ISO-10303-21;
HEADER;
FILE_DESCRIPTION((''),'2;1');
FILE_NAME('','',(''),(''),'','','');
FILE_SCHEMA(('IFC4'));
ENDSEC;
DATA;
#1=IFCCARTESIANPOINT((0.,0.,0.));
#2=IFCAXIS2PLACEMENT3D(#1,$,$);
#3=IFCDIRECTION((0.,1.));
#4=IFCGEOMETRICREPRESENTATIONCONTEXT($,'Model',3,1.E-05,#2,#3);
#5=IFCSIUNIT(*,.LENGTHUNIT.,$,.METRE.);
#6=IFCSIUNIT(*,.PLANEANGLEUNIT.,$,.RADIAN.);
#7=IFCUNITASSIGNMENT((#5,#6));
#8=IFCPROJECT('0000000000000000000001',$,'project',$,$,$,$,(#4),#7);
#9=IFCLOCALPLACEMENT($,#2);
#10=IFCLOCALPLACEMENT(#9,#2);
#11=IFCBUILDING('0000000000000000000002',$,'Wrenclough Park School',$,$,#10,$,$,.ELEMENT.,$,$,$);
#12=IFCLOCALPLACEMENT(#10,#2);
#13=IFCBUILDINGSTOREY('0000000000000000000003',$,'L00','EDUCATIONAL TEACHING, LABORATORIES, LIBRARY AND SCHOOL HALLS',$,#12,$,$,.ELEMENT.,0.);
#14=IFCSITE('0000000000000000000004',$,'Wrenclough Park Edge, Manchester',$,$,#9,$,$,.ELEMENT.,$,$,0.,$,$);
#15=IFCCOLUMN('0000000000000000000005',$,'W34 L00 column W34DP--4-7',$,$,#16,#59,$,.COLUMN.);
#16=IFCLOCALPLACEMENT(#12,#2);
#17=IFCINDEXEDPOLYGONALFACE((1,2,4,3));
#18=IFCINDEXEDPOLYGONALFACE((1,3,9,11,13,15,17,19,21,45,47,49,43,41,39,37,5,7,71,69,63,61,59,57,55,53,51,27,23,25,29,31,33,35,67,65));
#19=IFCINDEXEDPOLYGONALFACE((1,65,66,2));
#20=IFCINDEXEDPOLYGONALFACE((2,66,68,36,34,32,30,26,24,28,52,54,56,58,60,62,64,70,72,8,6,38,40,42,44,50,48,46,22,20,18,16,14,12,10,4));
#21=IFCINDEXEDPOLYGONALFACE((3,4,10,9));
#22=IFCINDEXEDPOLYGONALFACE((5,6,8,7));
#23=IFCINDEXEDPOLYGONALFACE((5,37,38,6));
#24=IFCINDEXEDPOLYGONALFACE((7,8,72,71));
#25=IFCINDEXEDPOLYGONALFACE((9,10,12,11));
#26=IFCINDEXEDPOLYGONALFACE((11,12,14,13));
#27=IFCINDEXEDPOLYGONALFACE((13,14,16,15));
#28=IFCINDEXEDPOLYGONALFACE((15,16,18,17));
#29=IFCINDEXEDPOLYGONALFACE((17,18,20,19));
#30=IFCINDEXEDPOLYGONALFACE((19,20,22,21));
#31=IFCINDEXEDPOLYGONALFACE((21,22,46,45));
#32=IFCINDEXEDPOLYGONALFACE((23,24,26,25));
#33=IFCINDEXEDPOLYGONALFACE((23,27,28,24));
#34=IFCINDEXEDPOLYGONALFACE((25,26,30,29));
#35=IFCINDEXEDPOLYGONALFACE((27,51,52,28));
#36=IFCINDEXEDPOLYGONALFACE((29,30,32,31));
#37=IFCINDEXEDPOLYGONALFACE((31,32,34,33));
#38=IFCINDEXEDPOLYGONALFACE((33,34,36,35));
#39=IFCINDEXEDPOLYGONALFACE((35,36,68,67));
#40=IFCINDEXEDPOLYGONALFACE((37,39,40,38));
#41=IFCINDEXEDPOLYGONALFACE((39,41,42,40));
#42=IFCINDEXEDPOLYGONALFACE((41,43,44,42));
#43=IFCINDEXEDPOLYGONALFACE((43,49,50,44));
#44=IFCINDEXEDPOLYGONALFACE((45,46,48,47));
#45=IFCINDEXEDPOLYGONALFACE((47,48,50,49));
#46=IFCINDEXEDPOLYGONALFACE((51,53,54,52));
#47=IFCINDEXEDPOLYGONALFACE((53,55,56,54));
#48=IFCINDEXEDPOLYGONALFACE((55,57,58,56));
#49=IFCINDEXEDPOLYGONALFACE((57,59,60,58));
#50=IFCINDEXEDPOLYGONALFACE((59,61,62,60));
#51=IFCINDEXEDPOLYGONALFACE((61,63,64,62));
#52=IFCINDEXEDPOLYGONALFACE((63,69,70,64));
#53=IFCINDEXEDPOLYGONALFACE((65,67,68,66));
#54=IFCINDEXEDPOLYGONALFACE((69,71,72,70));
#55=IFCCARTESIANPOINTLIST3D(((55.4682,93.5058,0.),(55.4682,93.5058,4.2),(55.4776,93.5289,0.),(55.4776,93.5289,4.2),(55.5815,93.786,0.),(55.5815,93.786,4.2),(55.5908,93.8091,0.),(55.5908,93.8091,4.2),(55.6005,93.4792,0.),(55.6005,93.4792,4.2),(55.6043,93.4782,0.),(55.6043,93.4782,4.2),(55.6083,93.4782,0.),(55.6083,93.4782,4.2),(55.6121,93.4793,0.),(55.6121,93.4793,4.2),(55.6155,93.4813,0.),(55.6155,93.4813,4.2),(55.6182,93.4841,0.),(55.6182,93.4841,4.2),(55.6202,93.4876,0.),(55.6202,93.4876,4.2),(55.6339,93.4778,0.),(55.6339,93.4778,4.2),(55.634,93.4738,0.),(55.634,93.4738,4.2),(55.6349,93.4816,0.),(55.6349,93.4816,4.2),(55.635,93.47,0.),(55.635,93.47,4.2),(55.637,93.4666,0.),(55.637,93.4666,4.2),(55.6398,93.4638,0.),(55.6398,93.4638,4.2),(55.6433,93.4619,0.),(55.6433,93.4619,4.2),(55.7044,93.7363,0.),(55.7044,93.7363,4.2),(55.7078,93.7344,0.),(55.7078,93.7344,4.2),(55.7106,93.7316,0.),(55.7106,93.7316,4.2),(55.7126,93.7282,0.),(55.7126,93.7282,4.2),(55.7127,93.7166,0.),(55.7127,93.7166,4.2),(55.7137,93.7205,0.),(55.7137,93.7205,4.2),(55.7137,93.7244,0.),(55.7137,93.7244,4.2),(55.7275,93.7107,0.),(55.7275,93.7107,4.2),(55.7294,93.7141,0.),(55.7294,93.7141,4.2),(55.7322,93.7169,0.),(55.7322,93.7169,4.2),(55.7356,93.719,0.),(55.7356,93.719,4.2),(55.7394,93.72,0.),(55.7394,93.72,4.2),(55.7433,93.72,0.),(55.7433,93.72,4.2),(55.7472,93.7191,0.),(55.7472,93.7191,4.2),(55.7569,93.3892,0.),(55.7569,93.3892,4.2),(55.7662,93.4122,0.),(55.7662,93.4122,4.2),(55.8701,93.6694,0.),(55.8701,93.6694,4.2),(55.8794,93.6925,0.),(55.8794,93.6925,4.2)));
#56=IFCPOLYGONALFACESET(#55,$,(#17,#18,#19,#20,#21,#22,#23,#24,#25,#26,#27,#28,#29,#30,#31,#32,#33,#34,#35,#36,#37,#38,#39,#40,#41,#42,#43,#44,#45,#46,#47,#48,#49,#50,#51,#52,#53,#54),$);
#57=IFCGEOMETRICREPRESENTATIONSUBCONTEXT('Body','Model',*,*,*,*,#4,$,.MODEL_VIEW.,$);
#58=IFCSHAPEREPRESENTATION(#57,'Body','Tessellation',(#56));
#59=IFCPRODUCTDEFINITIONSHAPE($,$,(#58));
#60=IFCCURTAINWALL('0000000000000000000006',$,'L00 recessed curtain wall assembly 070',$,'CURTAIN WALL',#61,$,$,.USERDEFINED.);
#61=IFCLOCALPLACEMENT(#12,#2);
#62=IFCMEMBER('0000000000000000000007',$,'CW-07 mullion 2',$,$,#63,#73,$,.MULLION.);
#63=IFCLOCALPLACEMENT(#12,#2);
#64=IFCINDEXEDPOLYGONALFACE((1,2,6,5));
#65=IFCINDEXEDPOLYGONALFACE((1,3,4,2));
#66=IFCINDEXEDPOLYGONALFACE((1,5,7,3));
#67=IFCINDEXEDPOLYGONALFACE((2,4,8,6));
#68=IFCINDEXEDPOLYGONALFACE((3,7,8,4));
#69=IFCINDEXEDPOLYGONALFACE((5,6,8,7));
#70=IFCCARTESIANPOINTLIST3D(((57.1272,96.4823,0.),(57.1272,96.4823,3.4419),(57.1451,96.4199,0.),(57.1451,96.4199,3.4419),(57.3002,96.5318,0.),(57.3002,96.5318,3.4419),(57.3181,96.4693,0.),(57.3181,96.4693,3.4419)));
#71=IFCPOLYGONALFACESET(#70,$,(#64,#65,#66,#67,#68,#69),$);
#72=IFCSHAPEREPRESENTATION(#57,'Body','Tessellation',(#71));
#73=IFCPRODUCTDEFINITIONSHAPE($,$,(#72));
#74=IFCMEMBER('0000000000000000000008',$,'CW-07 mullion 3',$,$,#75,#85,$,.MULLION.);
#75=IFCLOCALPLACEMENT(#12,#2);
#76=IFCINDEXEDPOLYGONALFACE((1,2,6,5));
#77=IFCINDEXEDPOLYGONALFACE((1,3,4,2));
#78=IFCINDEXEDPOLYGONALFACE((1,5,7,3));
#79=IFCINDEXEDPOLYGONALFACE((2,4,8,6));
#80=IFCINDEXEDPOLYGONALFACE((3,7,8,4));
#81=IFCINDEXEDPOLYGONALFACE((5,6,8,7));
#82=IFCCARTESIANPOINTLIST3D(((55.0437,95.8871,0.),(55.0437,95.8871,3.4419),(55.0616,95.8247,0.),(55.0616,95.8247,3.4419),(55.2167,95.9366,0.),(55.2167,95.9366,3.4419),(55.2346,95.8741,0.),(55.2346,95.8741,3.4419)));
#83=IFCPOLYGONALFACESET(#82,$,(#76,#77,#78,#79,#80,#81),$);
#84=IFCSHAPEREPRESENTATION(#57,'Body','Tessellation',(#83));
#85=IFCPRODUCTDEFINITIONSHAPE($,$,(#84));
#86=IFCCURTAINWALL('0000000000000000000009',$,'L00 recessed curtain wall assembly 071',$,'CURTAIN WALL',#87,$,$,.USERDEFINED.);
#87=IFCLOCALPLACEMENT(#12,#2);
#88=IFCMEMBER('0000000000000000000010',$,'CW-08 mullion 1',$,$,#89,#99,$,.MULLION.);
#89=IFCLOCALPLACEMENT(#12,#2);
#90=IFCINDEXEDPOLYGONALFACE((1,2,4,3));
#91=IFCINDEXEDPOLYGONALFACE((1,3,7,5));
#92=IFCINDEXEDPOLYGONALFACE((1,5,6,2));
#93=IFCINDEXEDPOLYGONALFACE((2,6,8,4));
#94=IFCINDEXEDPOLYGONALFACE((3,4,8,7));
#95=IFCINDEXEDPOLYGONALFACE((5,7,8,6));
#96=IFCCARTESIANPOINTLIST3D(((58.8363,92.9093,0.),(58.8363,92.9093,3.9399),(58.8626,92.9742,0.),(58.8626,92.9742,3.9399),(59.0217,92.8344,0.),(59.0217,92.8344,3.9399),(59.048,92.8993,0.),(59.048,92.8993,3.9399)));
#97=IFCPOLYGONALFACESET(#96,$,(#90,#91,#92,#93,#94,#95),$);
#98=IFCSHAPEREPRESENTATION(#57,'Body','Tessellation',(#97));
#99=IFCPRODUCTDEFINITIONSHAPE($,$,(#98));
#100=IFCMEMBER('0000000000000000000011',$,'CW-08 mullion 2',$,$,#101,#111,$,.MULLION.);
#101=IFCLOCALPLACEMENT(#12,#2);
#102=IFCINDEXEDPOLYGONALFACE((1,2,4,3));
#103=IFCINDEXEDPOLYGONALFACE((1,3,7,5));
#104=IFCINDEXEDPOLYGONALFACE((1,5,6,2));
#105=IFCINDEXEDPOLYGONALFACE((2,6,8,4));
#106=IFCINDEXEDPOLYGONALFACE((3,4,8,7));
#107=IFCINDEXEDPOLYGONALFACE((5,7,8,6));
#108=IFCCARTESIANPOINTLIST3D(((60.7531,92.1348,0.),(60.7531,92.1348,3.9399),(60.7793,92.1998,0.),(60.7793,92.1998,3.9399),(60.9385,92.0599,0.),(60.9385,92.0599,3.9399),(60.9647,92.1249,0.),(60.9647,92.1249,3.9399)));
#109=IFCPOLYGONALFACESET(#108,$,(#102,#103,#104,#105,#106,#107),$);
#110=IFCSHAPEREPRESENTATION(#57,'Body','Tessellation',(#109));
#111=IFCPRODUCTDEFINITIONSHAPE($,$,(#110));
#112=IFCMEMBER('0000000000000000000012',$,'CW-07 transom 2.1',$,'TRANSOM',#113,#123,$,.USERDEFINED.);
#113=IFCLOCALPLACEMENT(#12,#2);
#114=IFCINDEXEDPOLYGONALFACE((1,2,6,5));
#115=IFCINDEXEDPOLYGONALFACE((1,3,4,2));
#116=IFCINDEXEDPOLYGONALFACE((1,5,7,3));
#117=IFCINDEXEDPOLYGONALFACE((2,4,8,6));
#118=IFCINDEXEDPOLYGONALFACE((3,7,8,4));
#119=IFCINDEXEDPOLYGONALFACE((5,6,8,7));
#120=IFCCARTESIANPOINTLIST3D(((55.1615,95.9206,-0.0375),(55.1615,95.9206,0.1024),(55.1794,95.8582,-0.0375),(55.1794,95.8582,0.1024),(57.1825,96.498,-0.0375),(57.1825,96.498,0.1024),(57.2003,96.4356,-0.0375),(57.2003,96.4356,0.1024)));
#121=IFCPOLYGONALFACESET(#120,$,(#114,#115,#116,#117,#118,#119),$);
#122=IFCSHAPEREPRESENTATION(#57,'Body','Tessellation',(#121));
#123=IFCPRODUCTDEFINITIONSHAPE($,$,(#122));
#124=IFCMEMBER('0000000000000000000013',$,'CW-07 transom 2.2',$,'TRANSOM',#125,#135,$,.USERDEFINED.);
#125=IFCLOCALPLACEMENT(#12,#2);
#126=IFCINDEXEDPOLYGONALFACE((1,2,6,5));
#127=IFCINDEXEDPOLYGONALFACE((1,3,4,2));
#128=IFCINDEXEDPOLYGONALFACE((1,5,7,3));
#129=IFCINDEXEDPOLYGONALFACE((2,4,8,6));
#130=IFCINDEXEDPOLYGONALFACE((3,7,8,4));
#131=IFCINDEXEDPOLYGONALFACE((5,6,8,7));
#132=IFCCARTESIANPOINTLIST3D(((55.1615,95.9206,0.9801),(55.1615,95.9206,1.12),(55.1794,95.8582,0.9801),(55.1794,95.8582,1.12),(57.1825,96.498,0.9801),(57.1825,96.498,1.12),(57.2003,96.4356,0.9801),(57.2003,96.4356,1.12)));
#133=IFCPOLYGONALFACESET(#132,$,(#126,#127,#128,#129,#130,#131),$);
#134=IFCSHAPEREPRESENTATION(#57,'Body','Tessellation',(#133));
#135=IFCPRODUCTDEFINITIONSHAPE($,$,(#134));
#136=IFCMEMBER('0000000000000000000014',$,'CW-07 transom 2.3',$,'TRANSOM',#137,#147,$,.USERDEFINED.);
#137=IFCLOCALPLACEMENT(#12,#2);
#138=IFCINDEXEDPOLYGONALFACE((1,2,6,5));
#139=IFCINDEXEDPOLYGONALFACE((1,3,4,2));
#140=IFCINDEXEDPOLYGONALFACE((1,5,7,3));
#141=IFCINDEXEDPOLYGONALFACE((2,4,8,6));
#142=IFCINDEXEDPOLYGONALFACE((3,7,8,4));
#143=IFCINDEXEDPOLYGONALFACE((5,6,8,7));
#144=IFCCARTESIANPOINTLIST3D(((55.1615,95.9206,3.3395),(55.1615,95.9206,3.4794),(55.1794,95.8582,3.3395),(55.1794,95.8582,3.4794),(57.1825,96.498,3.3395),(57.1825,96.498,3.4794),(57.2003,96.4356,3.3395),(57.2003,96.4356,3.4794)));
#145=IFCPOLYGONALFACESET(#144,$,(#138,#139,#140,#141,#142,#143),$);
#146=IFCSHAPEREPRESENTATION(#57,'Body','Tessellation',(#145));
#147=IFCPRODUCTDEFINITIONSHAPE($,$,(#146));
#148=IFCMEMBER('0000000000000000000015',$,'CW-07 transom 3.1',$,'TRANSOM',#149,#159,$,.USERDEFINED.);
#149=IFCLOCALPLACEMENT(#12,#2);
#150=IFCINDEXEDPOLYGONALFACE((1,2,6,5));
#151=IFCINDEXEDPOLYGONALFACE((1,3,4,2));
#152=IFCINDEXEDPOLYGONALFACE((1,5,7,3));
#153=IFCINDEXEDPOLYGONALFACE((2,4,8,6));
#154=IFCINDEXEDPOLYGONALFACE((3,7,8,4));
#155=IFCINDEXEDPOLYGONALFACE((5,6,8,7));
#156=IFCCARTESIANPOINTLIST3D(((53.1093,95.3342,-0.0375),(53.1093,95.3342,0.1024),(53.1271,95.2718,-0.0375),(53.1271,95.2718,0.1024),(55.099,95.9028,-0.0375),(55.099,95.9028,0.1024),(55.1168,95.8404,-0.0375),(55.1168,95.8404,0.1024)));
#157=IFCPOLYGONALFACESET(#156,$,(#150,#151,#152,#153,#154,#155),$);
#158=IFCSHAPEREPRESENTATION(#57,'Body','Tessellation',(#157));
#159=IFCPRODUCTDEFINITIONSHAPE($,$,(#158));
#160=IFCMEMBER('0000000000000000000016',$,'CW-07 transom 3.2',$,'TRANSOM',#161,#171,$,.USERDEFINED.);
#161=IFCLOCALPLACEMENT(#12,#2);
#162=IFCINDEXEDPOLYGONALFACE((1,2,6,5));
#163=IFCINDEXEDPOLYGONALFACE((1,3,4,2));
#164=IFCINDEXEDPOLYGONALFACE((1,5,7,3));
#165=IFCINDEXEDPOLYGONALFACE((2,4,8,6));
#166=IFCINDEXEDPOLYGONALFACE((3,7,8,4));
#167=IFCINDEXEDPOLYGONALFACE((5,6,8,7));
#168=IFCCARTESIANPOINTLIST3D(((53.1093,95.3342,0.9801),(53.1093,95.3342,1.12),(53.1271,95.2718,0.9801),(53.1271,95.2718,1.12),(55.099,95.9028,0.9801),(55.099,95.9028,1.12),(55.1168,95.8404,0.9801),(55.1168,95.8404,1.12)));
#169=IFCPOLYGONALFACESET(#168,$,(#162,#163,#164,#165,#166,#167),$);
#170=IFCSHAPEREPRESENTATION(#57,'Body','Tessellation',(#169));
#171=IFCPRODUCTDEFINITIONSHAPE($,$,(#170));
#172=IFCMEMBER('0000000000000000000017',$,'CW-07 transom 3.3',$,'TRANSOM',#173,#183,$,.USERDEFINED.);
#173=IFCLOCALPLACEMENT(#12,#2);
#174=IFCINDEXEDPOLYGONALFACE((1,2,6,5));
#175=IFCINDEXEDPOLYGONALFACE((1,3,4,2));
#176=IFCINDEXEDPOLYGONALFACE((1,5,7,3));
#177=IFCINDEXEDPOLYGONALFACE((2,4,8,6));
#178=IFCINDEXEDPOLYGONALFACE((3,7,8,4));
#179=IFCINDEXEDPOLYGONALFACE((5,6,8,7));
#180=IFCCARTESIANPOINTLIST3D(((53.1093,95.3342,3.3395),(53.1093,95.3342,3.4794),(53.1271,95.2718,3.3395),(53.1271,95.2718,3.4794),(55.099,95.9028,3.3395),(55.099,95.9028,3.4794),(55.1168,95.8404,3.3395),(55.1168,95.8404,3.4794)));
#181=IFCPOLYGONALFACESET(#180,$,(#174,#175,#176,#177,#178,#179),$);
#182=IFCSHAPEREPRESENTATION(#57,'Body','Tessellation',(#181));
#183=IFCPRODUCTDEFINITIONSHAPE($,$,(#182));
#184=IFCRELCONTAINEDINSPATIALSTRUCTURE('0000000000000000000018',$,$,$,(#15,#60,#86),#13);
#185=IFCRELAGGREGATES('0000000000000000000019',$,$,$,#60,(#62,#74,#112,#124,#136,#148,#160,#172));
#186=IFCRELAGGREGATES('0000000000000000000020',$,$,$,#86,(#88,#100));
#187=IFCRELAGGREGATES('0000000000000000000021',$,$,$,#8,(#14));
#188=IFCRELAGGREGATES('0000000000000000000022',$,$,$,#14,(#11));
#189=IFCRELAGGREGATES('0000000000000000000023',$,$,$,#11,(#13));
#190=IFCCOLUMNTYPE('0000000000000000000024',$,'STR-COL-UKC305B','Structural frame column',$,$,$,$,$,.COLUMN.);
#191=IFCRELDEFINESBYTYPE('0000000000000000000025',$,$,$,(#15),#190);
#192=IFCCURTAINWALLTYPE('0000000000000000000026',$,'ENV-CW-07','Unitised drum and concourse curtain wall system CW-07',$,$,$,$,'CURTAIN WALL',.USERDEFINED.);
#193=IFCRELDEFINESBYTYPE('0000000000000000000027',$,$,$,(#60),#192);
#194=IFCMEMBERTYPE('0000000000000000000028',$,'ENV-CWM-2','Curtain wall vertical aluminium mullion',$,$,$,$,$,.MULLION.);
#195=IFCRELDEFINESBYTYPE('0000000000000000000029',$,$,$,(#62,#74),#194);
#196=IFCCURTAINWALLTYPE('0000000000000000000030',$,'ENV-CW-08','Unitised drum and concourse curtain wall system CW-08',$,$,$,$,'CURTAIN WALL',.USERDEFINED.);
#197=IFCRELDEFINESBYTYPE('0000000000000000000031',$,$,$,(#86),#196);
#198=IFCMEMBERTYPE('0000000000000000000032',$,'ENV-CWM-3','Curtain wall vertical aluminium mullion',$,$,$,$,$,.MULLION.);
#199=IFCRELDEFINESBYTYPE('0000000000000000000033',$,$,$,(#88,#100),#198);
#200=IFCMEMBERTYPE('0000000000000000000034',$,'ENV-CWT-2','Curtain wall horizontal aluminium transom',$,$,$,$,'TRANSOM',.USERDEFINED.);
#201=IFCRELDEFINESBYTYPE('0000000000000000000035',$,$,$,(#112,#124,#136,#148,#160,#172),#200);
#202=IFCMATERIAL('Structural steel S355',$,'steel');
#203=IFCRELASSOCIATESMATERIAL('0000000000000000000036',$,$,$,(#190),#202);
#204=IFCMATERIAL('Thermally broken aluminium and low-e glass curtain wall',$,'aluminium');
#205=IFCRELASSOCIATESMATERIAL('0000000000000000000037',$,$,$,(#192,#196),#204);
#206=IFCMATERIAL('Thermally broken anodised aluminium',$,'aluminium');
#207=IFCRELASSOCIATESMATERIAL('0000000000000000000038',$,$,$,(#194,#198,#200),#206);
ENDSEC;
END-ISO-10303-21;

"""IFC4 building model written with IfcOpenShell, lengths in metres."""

from ifc_helpers import new_model, si_unit, direction, frame, origin, origin_2d, place, context, subcontext, project, spatial, rectangle, i_section, extrude, material, material_profile, profile_set, type_object, element, aggregate, save


model = new_model("IFC4")

# Units and contexts
model_context = context("Model", 3, precision=1e-05, world=origin(), true_north=direction((0.0, 1.0)))
body_context = subcontext(model_context, "Body", "Model", "MODEL_VIEW")
ifc_project = project(units=[si_unit("LENGTHUNIT", "METRE"), si_unit("PLANEANGLEUNIT", "RADIAN")], contexts=[model_context])

# Site, building, storey
site_placement = place(None, origin())
site = spatial("IfcSite", under=ifc_project, at=site_placement, Name="Wrenclough Park Edge, Manchester", CompositionType="ELEMENT", RefElevation=0.0)
building_placement = place(site_placement, origin())
building = spatial("IfcBuilding", under=site, at=building_placement, Name="Wrenclough Park School", CompositionType="ELEMENT")
storey_placement = place(building_placement, origin())
storey = spatial("IfcBuildingStorey", under=building, at=storey_placement, Name="L00", Description="EDUCATIONAL TEACHING, LABORATORIES, LIBRARY AND SCHOOL HALLS", CompositionType="ELEMENT", Elevation=0.0)

# Column
ifc_material_1 = material(Name="Structural steel S355", Category="steel")
ifc_material_profile_1 = material_profile(ifc_material_1, i_section(OverallWidth=0.3113, OverallDepth=0.3271, WebThickness=0.0159, FlangeThickness=0.0249, FilletRadius=0.0151, at=origin_2d()), Name="UKC 305x305x158")
ifc_profile_set_1 = profile_set([ifc_material_profile_1], Name="Structural steel S355")
column_type_1 = type_object("IfcColumnType", Name="STR-COL-UKC305B", Description="Structural frame column", PredefinedType="COLUMN", material=ifc_profile_set_1)
column_1_placement = place(storey_placement, frame((55.6738, 93.5991, 0.0), z_axis=(0.0, 0.0, 1.0), x_axis=(0.927184, -0.374607, 0.0)))
element("IfcColumn", 1, at=column_1_placement, inside=storey, type_object=column_type_1, Name="W34 L00 column W34DP--4-7", PredefinedType="COLUMN", context=body_context, shape_type="SweptSolid", body=[
    extrude(i_section(OverallWidth=0.3113, OverallDepth=0.3271, WebThickness=0.0159, FlangeThickness=0.0249, FilletRadius=0.0151, at=origin_2d()), origin(), (0.0, 0.0, 1.0), 4.2),
])

# Curtain walls, members
ifc_material_2 = material(Name="Thermally broken aluminium and low-e glass curtain wall", Category="aluminium")
curtain_wall_type_1 = type_object("IfcCurtainWallType", Name="ENV-CW-07", Description="Unitised drum and concourse curtain wall system CW-07", ElementType="CURTAIN WALL", PredefinedType="USERDEFINED", material=ifc_material_2)
curtain_wall_1_placement = place(storey_placement, origin())
curtain_wall_1 = element("IfcCurtainWall", 2, at=curtain_wall_1_placement, inside=storey, type_object=curtain_wall_type_1, Name="L00 recessed curtain wall assembly 070", ObjectType="CURTAIN WALL", PredefinedType="USERDEFINED")
ifc_material_3 = material(Name="Thermally broken anodised aluminium", Category="aluminium")
ifc_material_profile_2 = material_profile(ifc_material_3, rectangle(XDim=0.0649, YDim=0.1799, at=origin_2d()), Name="AL MULLION 65x180")
ifc_profile_set_2 = profile_set([ifc_material_profile_2], Name="Thermally broken anodised aluminium")
member_type_1 = type_object("IfcMemberType", Name="ENV-CWM-2", Description="Curtain wall vertical aluminium mullion", PredefinedType="MULLION", material=ifc_profile_set_2)
member_1_placement = place(storey_placement, frame((57.2227, 96.4758, 0.0), z_axis=(0.0, 0.0, 1.0), x_axis=(0.274723, -0.961523, 0.0)))
member_1 = element("IfcMember", 3, at=member_1_placement, type_object=member_type_1, Name="CW-07 mullion 2", PredefinedType="MULLION", context=body_context, shape_type="SweptSolid", body=[
    extrude(rectangle(XDim=0.0649, YDim=0.1799, at=origin_2d()), origin(), (0.0, 0.0, 1.0), 3.4419),
])
member_2_placement = place(storey_placement, frame((55.1392, 95.8806, 0.0), z_axis=(0.0, 0.0, 1.0), x_axis=(0.274723, -0.961523, 0.0)))
member_2 = element("IfcMember", 4, at=member_2_placement, type_object=member_type_1, Name="CW-07 mullion 3", PredefinedType="MULLION", context=body_context, shape_type="SweptSolid", body=[
    extrude(rectangle(XDim=0.0649, YDim=0.1799, at=origin_2d()), origin(), (0.0, 0.0, 1.0), 3.4419),
])
curtain_wall_type_2 = type_object("IfcCurtainWallType", Name="ENV-CW-08", Description="Unitised drum and concourse curtain wall system CW-08", ElementType="CURTAIN WALL", PredefinedType="USERDEFINED", material=ifc_material_2)
curtain_wall_2_placement = place(storey_placement, origin())
curtain_wall_2 = element("IfcCurtainWall", 5, at=curtain_wall_2_placement, inside=storey, type_object=curtain_wall_type_2, Name="L00 recessed curtain wall assembly 071", ObjectType="CURTAIN WALL", PredefinedType="USERDEFINED")
ifc_material_profile_3 = material_profile(ifc_material_3, rectangle(XDim=0.0701, YDim=0.2, at=origin_2d()), Name="AL MULLION 70x200")
ifc_profile_set_3 = profile_set([ifc_material_profile_3], Name="Thermally broken anodised aluminium")
member_type_2 = type_object("IfcMemberType", Name="ENV-CWM-3", Description="Curtain wall vertical aluminium mullion", PredefinedType="MULLION", material=ifc_profile_set_3)
member_3_placement = place(storey_placement, frame((58.9421, 92.9043, 0.0), z_axis=(0.0, 0.0, 1.0), x_axis=(0.374593, 0.927189, 0.0)))
member_3 = element("IfcMember", 6, at=member_3_placement, type_object=member_type_2, Name="CW-08 mullion 1", PredefinedType="MULLION", context=body_context, shape_type="SweptSolid", body=[
    extrude(rectangle(XDim=0.0701, YDim=0.2, at=origin_2d()), origin(), (0.0, 0.0, 1.0), 3.9399),
])
member_4_placement = place(storey_placement, frame((60.8589, 92.1299, 0.0), z_axis=(0.0, 0.0, 1.0), x_axis=(0.374593, 0.927189, 0.0)))
member_4 = element("IfcMember", 7, at=member_4_placement, type_object=member_type_2, Name="CW-08 mullion 2", PredefinedType="MULLION", context=body_context, shape_type="SweptSolid", body=[
    extrude(rectangle(XDim=0.0701, YDim=0.2, at=origin_2d()), origin(), (0.0, 0.0, 1.0), 3.9399),
])

# Members
ifc_material_profile_4 = material_profile(ifc_material_3, rectangle(XDim=0.0649, YDim=0.1399, at=origin_2d()), Name="AL TRANSOM 65x140")
ifc_profile_set_4 = profile_set([ifc_material_profile_4], Name="Thermally broken anodised aluminium")
member_type_3 = type_object("IfcMemberType", Name="ENV-CWT-2", Description="Curtain wall horizontal aluminium transom", ElementType="TRANSOM", PredefinedType="USERDEFINED", material=ifc_profile_set_4)
member_5_placement = place(storey_placement, frame((57.1914, 96.4668, 0.0325), z_axis=(-0.961528, -0.274706, 0.0), x_axis=(0.274706, -0.961528, 0.0)))
member_5 = element("IfcMember", 8, at=member_5_placement, type_object=member_type_3, Name="CW-07 transom 2.1", ObjectType="TRANSOM", PredefinedType="USERDEFINED", context=body_context, shape_type="SweptSolid", body=[
    extrude(rectangle(XDim=0.0649, YDim=0.1399, at=origin_2d()), origin(), (0.0, 0.0, 1.0), 2.1018),
])
member_6_placement = place(storey_placement, frame((57.1914, 96.4668, 1.05), z_axis=(-0.961528, -0.274706, 0.0), x_axis=(0.274706, -0.961528, 0.0)))
member_6 = element("IfcMember", 9, at=member_6_placement, type_object=member_type_3, Name="CW-07 transom 2.2", ObjectType="TRANSOM", PredefinedType="USERDEFINED", context=body_context, shape_type="SweptSolid", body=[
    extrude(rectangle(XDim=0.0649, YDim=0.1399, at=origin_2d()), origin(), (0.0, 0.0, 1.0), 2.1018),
])
member_7_placement = place(storey_placement, frame((57.1914, 96.4668, 3.4094), z_axis=(-0.961528, -0.274706, 0.0), x_axis=(0.274706, -0.961528, 0.0)))
member_7 = element("IfcMember", 10, at=member_7_placement, type_object=member_type_3, Name="CW-07 transom 2.3", ObjectType="TRANSOM", PredefinedType="USERDEFINED", context=body_context, shape_type="SweptSolid", body=[
    extrude(rectangle(XDim=0.0649, YDim=0.1399, at=origin_2d()), origin(), (0.0, 0.0, 1.0), 2.1018),
])
member_8_placement = place(storey_placement, frame((55.1079, 95.8716, 0.0325), z_axis=(-0.961511, -0.274768, 0.0), x_axis=(0.274768, -0.961511, 0.0)))
member_8 = element("IfcMember", 11, at=member_8_placement, type_object=member_type_3, Name="CW-07 transom 3.1", ObjectType="TRANSOM", PredefinedType="USERDEFINED", context=body_context, shape_type="SweptSolid", body=[
    extrude(rectangle(XDim=0.0649, YDim=0.1399, at=origin_2d()), origin(), (0.0, 0.0, 1.0), 2.0693),
])
member_9_placement = place(storey_placement, frame((55.1079, 95.8716, 1.05), z_axis=(-0.961511, -0.274768, 0.0), x_axis=(0.274768, -0.961511, 0.0)))
member_9 = element("IfcMember", 12, at=member_9_placement, type_object=member_type_3, Name="CW-07 transom 3.2", ObjectType="TRANSOM", PredefinedType="USERDEFINED", context=body_context, shape_type="SweptSolid", body=[
    extrude(rectangle(XDim=0.0649, YDim=0.1399, at=origin_2d()), origin(), (0.0, 0.0, 1.0), 2.0693),
])
member_10_placement = place(storey_placement, frame((55.1079, 95.8716, 3.4094), z_axis=(-0.961511, -0.274768, 0.0), x_axis=(0.274768, -0.961511, 0.0)))
member_10 = element("IfcMember", 13, at=member_10_placement, type_object=member_type_3, Name="CW-07 transom 3.3", ObjectType="TRANSOM", PredefinedType="USERDEFINED", context=body_context, shape_type="SweptSolid", body=[
    extrude(rectangle(XDim=0.0649, YDim=0.1399, at=origin_2d()), origin(), (0.0, 0.0, 1.0), 2.0693),
])

aggregate(curtain_wall_1, [member_1, member_2, member_5, member_6, member_7, member_8, member_9, member_10])
aggregate(curtain_wall_2, [member_3, member_4])

save(model, "model.ifc")
